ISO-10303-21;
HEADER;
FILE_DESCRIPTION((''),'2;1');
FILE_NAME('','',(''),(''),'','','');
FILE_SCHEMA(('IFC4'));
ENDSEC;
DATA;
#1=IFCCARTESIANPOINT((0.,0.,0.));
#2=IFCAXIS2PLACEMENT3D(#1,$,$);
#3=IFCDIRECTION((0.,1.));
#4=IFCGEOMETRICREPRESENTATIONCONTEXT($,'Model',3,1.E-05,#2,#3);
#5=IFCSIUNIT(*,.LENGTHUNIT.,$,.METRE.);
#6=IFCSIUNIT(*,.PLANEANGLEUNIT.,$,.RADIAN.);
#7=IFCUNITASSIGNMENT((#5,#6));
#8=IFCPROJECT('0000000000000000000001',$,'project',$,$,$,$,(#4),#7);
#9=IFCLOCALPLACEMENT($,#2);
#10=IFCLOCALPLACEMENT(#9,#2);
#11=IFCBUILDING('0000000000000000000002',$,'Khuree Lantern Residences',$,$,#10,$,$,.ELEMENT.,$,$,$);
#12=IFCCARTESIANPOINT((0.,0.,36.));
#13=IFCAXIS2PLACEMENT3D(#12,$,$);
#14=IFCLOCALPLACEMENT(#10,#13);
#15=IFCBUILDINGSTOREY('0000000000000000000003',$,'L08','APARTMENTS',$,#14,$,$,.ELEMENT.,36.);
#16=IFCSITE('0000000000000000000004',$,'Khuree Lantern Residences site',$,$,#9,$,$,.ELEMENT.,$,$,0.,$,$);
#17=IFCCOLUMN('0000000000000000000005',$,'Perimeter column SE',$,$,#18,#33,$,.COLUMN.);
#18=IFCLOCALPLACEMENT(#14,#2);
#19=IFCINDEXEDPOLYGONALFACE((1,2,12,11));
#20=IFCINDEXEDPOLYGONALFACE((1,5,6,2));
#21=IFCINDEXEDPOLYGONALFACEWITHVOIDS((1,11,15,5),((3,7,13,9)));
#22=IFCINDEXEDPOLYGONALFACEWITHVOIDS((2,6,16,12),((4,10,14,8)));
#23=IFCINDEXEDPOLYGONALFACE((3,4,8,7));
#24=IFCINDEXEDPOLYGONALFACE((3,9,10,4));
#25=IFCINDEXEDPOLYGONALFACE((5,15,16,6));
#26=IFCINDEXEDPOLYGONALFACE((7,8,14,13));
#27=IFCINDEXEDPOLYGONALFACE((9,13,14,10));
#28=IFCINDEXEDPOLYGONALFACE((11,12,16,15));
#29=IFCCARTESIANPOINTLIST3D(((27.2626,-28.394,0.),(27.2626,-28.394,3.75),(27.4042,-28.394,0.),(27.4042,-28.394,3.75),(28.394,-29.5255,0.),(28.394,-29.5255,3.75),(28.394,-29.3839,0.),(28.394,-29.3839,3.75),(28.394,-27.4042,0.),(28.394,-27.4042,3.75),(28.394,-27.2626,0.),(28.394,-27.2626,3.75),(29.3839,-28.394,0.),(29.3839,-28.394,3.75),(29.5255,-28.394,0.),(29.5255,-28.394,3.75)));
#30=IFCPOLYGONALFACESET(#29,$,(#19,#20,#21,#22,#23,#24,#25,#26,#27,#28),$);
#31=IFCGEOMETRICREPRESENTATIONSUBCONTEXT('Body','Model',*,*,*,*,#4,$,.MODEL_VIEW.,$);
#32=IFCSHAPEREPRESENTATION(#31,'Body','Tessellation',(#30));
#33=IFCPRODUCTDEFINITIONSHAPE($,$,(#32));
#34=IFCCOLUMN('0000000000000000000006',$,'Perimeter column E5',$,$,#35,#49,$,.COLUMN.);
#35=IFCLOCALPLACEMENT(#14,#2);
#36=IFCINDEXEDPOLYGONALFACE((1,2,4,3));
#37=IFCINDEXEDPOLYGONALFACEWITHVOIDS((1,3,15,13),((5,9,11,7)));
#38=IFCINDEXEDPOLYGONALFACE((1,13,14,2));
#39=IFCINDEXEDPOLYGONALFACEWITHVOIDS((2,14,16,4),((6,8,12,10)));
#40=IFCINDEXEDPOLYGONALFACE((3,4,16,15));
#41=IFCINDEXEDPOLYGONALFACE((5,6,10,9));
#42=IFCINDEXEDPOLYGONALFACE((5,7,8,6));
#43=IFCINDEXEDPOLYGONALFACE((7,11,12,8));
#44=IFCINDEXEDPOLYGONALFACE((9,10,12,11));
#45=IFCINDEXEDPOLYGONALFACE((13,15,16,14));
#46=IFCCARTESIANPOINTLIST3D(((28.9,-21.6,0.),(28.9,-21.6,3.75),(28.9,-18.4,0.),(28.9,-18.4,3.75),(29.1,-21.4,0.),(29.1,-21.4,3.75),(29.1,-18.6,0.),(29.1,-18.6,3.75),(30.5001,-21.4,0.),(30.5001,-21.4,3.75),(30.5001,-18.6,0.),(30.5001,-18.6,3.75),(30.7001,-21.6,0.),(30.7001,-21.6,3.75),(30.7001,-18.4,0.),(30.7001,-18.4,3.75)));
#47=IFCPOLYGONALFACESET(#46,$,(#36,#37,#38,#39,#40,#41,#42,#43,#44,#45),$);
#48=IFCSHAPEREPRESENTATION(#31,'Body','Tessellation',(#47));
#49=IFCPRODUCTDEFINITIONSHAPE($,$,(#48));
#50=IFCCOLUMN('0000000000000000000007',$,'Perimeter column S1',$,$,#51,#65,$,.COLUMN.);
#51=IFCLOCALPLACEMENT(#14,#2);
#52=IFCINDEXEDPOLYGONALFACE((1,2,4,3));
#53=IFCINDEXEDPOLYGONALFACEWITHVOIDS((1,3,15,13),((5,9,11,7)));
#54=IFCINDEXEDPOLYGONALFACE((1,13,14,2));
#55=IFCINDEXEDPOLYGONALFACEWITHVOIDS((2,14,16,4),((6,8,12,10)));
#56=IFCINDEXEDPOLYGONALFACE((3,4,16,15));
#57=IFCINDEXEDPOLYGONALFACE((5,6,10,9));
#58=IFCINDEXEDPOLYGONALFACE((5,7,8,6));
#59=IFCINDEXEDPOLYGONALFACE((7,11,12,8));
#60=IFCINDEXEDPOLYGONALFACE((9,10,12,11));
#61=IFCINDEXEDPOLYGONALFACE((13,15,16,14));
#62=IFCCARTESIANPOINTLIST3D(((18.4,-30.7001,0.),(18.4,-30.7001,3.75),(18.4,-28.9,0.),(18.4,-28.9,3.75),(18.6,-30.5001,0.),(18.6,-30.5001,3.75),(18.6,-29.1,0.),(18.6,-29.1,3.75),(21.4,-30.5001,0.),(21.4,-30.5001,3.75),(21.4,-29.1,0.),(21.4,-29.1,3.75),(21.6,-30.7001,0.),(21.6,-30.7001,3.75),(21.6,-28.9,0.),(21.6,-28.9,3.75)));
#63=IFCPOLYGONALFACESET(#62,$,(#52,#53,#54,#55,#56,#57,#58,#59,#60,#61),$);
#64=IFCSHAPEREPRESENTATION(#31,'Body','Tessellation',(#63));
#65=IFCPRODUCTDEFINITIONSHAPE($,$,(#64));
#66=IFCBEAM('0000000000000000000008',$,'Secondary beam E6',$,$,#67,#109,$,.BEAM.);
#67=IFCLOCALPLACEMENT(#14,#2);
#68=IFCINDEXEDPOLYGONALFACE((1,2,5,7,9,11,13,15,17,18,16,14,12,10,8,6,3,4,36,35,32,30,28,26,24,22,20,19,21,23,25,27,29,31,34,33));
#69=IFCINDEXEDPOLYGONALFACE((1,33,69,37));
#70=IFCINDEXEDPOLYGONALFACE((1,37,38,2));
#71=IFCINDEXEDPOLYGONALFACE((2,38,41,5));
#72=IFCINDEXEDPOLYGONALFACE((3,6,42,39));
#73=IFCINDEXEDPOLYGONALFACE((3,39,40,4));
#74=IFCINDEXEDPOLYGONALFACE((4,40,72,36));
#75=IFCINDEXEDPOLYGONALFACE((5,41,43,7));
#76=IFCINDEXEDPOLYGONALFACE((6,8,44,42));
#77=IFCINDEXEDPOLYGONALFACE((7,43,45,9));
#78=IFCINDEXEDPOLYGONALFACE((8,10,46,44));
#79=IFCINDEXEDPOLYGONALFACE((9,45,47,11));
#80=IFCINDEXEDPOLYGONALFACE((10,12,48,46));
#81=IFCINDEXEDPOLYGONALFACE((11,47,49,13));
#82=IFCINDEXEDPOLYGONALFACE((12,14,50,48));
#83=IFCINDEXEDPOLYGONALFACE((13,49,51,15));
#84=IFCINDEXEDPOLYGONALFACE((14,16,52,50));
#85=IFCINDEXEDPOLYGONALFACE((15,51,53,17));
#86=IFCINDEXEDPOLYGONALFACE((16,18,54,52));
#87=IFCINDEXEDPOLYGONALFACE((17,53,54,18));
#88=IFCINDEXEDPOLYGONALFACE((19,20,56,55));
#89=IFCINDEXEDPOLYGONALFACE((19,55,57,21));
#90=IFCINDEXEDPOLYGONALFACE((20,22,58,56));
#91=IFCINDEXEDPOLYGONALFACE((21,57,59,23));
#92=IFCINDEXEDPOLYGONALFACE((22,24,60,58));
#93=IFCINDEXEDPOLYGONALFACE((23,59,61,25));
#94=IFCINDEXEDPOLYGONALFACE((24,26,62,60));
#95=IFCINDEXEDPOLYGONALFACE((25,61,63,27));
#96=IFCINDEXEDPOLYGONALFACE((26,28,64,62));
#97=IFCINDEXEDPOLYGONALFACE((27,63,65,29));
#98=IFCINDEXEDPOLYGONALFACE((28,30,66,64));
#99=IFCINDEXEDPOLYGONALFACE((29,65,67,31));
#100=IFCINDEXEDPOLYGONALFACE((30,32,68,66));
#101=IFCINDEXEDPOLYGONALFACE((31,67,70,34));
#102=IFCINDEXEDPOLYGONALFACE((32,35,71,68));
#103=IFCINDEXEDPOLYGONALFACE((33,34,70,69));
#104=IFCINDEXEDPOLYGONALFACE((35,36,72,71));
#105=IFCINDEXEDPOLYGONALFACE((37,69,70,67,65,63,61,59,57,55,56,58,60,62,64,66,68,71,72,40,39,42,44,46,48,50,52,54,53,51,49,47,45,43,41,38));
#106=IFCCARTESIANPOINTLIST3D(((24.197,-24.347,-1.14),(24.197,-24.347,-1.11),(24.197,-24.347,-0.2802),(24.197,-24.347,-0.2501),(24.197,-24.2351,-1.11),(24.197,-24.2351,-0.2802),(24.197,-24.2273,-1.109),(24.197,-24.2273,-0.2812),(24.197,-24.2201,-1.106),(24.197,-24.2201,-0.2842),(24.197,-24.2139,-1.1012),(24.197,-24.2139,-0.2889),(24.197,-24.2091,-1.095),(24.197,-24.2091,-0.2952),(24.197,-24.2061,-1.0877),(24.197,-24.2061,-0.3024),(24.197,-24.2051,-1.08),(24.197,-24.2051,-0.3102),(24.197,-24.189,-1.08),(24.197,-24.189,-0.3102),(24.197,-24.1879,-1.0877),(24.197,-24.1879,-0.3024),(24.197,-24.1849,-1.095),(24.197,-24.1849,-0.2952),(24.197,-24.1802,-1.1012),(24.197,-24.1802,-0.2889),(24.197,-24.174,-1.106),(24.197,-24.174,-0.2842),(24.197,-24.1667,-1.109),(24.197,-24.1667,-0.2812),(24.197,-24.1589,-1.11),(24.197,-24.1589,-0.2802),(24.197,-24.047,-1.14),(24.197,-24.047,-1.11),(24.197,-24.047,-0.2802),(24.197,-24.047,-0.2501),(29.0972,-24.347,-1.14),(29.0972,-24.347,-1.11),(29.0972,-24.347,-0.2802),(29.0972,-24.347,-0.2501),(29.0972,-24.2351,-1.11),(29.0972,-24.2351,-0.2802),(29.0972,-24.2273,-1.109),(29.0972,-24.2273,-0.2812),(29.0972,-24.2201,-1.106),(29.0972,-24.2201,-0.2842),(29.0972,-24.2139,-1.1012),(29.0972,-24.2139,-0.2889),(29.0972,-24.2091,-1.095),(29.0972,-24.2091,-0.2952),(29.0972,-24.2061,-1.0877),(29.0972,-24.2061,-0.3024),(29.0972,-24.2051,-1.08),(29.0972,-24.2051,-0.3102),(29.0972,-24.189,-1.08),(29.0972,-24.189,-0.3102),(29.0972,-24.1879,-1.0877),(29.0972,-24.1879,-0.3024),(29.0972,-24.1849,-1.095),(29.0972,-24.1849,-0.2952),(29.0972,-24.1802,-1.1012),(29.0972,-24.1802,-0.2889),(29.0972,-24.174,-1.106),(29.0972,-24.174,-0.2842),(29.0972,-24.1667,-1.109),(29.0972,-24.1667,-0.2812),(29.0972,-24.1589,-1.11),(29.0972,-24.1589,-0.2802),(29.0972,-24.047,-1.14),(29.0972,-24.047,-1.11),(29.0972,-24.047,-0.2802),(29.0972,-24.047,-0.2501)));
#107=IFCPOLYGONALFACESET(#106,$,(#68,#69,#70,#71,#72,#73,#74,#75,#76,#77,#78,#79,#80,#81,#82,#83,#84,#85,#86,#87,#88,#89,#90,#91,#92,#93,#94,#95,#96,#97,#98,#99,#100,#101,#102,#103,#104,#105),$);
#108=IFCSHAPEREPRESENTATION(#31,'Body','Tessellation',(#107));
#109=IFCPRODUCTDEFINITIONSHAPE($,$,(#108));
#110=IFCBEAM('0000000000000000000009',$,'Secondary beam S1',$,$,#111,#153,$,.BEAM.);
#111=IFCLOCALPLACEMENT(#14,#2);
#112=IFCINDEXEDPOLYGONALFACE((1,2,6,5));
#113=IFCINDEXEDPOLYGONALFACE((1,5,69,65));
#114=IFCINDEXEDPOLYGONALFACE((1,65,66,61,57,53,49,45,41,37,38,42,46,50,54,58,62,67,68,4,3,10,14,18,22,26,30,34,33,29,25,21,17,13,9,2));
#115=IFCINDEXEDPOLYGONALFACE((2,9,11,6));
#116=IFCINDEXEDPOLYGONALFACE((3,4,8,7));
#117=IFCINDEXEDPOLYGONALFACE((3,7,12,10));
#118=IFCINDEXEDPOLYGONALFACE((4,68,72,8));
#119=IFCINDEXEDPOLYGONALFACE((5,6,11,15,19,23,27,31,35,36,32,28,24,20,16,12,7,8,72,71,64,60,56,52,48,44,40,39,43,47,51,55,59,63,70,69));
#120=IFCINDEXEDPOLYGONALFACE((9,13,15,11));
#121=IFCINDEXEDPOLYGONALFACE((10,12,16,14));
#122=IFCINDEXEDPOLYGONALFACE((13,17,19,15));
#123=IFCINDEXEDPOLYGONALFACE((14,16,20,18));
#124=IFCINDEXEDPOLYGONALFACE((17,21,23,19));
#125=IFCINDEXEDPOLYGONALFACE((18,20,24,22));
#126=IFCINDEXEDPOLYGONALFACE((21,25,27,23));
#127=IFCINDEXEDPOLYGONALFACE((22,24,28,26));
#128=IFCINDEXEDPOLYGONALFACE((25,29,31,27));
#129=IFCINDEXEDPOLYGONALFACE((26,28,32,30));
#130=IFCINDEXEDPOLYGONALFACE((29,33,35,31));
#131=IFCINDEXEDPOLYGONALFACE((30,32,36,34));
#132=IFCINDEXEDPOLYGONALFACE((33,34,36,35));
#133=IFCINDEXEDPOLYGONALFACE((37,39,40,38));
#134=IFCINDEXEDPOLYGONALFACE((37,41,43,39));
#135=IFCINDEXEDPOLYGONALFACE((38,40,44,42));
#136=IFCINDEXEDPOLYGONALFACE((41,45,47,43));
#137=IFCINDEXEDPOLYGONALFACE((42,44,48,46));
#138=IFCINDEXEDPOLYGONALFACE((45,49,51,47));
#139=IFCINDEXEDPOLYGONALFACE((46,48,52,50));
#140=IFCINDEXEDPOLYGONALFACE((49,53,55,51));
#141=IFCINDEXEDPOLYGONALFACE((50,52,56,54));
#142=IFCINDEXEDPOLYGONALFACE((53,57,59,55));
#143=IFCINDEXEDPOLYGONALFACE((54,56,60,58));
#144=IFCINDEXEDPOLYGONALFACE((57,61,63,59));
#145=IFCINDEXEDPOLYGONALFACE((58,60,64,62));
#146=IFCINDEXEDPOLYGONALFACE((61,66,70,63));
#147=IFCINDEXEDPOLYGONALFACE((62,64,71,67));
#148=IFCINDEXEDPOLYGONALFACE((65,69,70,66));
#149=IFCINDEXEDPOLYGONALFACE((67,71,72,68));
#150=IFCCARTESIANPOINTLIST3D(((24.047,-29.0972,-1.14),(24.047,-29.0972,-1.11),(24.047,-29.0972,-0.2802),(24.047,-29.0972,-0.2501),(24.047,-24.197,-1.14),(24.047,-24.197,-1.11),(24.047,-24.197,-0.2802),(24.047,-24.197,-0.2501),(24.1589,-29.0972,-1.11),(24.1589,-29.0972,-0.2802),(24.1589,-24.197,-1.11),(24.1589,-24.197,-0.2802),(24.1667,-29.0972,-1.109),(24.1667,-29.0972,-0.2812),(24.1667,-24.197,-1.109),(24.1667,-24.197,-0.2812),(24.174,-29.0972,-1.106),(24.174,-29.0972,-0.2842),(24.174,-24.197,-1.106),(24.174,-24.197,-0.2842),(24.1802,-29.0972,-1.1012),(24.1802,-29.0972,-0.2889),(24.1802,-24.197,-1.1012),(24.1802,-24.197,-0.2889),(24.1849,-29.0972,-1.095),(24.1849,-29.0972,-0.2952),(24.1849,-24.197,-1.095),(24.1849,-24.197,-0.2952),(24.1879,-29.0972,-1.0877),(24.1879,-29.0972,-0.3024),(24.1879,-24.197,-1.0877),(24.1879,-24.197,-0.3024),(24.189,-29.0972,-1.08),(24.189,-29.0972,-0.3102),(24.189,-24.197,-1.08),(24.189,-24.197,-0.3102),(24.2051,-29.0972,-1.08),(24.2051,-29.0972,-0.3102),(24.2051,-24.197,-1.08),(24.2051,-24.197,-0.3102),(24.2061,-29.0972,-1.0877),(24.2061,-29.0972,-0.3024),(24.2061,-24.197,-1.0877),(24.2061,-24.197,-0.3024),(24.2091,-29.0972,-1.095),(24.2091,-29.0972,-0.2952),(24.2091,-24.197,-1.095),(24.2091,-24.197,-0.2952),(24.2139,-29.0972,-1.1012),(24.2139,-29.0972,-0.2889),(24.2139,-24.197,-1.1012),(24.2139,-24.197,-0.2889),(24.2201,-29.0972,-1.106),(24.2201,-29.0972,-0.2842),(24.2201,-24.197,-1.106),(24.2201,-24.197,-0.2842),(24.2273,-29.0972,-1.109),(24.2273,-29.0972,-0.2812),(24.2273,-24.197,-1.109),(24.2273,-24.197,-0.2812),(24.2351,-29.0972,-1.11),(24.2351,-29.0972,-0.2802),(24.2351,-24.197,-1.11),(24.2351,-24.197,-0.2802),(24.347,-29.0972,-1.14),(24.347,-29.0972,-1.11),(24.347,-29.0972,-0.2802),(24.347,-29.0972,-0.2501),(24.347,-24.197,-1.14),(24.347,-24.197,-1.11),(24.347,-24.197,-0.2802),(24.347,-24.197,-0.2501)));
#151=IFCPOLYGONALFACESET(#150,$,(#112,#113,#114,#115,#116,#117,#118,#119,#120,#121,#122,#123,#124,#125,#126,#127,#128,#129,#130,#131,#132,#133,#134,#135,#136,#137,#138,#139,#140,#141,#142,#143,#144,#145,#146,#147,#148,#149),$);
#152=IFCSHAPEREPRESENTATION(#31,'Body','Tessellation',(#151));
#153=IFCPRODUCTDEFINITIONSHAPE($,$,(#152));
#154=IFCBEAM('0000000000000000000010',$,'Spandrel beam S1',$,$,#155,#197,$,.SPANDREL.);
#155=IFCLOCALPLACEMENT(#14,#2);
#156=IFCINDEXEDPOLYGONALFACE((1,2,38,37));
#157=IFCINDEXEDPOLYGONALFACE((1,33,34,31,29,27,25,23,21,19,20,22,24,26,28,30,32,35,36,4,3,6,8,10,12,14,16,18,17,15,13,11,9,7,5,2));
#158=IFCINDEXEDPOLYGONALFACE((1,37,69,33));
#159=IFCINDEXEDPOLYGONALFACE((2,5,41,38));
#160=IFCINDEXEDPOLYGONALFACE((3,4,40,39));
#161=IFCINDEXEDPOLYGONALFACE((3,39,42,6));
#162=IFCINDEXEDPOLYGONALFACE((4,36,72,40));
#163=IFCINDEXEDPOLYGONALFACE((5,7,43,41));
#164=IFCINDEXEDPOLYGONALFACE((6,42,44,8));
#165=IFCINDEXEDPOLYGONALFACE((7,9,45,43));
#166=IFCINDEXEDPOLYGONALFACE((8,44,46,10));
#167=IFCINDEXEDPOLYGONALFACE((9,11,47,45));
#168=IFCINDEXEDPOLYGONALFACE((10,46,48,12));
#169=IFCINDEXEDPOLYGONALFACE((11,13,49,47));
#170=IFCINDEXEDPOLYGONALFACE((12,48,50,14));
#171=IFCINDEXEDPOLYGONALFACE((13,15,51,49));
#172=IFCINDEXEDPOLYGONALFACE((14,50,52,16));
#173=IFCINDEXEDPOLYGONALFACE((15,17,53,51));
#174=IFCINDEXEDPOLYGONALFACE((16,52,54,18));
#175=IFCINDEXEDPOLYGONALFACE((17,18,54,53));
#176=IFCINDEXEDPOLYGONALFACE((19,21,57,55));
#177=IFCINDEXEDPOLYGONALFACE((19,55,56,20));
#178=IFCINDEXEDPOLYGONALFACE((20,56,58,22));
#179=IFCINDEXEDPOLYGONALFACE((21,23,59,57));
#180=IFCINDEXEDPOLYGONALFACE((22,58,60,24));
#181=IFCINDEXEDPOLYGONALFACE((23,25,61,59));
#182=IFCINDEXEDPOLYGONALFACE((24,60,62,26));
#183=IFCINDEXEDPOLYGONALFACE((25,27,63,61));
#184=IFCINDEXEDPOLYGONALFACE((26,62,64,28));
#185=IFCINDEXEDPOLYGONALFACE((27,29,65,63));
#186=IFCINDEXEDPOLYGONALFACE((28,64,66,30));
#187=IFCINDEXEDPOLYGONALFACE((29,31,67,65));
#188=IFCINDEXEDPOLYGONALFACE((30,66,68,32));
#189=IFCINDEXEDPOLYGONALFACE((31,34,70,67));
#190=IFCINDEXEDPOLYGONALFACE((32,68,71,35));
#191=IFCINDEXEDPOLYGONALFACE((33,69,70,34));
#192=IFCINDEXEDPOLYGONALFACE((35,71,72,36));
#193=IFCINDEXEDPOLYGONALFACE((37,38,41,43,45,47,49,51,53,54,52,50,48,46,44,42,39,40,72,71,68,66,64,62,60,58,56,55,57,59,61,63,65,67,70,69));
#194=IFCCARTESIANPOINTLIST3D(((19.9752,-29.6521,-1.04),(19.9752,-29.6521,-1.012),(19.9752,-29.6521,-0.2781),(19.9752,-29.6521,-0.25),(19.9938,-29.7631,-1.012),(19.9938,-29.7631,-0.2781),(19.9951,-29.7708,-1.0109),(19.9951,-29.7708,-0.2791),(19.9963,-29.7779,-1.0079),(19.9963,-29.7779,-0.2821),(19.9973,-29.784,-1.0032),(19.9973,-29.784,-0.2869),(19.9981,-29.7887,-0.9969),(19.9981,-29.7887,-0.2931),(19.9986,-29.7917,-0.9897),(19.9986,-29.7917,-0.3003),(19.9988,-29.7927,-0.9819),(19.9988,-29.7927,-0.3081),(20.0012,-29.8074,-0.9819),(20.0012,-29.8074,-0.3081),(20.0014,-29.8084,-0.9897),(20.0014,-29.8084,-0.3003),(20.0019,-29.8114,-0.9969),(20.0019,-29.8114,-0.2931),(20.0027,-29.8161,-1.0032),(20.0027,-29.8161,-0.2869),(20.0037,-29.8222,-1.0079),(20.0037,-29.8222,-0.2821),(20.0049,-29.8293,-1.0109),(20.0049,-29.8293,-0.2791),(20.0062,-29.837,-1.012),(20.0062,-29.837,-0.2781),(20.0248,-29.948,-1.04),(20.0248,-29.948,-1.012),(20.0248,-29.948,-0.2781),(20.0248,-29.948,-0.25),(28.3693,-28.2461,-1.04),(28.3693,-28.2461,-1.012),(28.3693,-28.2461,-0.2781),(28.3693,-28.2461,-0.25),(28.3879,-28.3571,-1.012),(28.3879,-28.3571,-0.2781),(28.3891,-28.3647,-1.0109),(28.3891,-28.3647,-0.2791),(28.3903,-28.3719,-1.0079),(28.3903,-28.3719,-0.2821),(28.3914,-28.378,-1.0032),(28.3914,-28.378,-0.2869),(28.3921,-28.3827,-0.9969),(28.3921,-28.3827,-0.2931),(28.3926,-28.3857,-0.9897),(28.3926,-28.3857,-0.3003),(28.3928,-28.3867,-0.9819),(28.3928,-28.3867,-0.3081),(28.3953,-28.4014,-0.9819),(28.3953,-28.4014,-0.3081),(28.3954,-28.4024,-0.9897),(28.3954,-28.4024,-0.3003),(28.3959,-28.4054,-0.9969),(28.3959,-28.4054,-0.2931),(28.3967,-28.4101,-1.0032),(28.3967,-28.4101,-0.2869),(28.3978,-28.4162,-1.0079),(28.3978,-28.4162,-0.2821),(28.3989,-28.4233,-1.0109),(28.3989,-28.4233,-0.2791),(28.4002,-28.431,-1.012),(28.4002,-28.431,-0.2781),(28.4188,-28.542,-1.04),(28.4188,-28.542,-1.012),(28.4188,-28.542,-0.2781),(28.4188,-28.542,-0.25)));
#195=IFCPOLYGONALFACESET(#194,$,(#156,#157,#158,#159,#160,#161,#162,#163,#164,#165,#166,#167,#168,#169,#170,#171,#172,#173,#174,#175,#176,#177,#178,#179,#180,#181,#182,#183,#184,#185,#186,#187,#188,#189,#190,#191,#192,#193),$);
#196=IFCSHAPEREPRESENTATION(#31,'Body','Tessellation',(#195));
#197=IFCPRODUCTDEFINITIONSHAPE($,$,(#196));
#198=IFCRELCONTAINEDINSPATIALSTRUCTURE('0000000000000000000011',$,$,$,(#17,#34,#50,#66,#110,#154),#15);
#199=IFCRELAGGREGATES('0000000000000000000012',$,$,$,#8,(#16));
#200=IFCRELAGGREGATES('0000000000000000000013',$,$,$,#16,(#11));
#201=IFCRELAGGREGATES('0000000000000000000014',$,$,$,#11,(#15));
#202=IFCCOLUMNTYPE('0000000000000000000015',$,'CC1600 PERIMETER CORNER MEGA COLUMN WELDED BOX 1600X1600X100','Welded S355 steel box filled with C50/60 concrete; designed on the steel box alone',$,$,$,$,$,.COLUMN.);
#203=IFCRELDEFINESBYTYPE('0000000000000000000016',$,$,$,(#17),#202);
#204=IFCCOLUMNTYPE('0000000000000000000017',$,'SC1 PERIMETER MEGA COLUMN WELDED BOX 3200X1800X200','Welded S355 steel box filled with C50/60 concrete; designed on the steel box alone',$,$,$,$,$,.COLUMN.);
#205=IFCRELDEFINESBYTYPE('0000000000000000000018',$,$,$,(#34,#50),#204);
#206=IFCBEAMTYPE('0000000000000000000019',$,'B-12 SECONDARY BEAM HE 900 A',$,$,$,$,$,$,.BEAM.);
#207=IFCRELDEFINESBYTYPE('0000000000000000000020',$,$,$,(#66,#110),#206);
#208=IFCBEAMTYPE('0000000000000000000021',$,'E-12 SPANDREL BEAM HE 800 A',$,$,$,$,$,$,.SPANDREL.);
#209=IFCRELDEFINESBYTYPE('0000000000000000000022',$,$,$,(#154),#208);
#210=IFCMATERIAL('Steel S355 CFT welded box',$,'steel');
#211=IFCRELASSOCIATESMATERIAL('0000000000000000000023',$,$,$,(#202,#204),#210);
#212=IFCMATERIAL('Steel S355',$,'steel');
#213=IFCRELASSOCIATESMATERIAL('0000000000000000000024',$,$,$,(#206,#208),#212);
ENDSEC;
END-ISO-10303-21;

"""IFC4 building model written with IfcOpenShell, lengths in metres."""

from ifc_helpers import new_model, si_unit, direction, frame, origin, origin_2d, place, context, subcontext, project, spatial, hollow_rectangle, i_section, extrude, material, material_profile, profile_set, type_object, element, save


model = new_model("IFC4")

# Units and contexts
model_context = context("Model", 3, precision=1e-05, world=origin(), true_north=direction((0.0, 1.0)))
body_context = subcontext(model_context, "Body", "Model", "MODEL_VIEW")
ifc_project = project(units=[si_unit("LENGTHUNIT", "METRE"), si_unit("PLANEANGLEUNIT", "RADIAN")], contexts=[model_context])

# Site, building, storey
site_placement = place(None, origin())
site = spatial("IfcSite", under=ifc_project, at=site_placement, Name="Khuree Lantern Residences site", CompositionType="ELEMENT", RefElevation=0.0)
building_placement = place(site_placement, origin())
building = spatial("IfcBuilding", under=site, at=building_placement, Name="Khuree Lantern Residences", CompositionType="ELEMENT")
storey_placement = place(building_placement, frame((0.0, 0.0, 36.0)))
storey = spatial("IfcBuildingStorey", under=building, at=storey_placement, Name="L08", Description="APARTMENTS", CompositionType="ELEMENT", Elevation=36.0)

# Columns
ifc_material_1 = material(Name="Steel S355 CFT welded box", Category="steel")
ifc_material_profile_1 = material_profile(ifc_material_1, hollow_rectangle(XDim=1.6001, YDim=1.6001, WallThickness=0.1001, at=origin_2d()), Name="WELDED BOX 1600X1600X100")
ifc_profile_set_1 = profile_set([ifc_material_profile_1], Name="Steel S355 CFT welded box")
column_type_1 = type_object("IfcColumnType", Name="CC1600 PERIMETER CORNER MEGA COLUMN WELDED BOX 1600X1600X100", Description="Welded S355 steel box filled with C50/60 concrete; designed on the steel box alone", PredefinedType="COLUMN", material=ifc_profile_set_1)
column_placement = place(storey_placement, frame((28.394, -28.394, 0.0), z_axis=(0.0, 0.0, 1.0), x_axis=(0.707107, 0.707107, 0.0)))
element("IfcColumn", 1, at=column_placement, inside=storey, type_object=column_type_1, Name="Perimeter column SE", PredefinedType="COLUMN", context=body_context, shape_type="SweptSolid", body=[
    extrude(hollow_rectangle(XDim=1.6001, YDim=1.6001, WallThickness=0.1001, at=origin_2d()), origin(), (0.0, 0.0, 1.0), 3.75),
])
ifc_material_profile_2 = material_profile(ifc_material_1, hollow_rectangle(XDim=3.2, YDim=1.8, WallThickness=0.2, at=origin_2d()), Name="WELDED BOX 3200X1800X200")
ifc_profile_set_2 = profile_set([ifc_material_profile_2], Name="Steel S355 CFT welded box")
column_type_2 = type_object("IfcColumnType", Name="SC1 PERIMETER MEGA COLUMN WELDED BOX 3200X1800X200", Description="Welded S355 steel box filled with C50/60 concrete; designed on the steel box alone", PredefinedType="COLUMN", material=ifc_profile_set_2)
for number, where, z_axis, x_axis, name in (
    (2, (29.8, -20.0, 0.0), (0.0, 0.0, 1.0), (0.0, 1.0, 0.0), "Perimeter column E5"),
    (3, (20.0, -29.8, 0.0), (0.0, 0.0, 1.0), (1.0, 0.0, 0.0), "Perimeter column S1"),
):
    element("IfcColumn", number, at=place(storey_placement, frame(where, z_axis=z_axis, x_axis=x_axis)), inside=storey, type_object=column_type_2, Name=name, PredefinedType="COLUMN", context=body_context, shape_type="SweptSolid", body=[
        extrude(hollow_rectangle(XDim=3.2, YDim=1.8, WallThickness=0.2, at=origin_2d()), origin(), (0.0, 0.0, 1.0), 3.75),
    ])

# Beams
ifc_material_2 = material(Name="Steel S355", Category="steel")
ifc_material_profile_3 = material_profile(ifc_material_2, i_section(OverallWidth=0.3, OverallDepth=0.8899, WebThickness=0.0161, FlangeThickness=0.03, FilletRadius=0.03, at=origin_2d()), Name="HE 900 A")
ifc_profile_set_3 = profile_set([ifc_material_profile_3], Name="Steel S355")
beam_type_1 = type_object("IfcBeamType", Name="B-12 SECONDARY BEAM HE 900 A", PredefinedType="BEAM", material=ifc_profile_set_3)
for number, where, z_axis, x_axis, name in (
    (4, (29.0972, -24.197, -0.6951), (-1.0, 0.0, 0.0), (0.0, -1.0, 0.0), "Secondary beam E6"),
    (5, (24.197, -29.0972, -0.6951), (0.0, 1.0, 0.0), (-1.0, 0.0, 0.0), "Secondary beam S1"),
):
    element("IfcBeam", number, at=place(storey_placement, frame(where, z_axis=z_axis, x_axis=x_axis)), inside=storey, type_object=beam_type_1, Name=name, PredefinedType="BEAM", context=body_context, shape_type="SweptSolid", body=[
        extrude(i_section(OverallWidth=0.3, OverallDepth=0.8899, WebThickness=0.0161, FlangeThickness=0.03, FilletRadius=0.03, at=origin_2d()), origin(), (0.0, 0.0, 1.0), 4.9001),
    ])
ifc_material_profile_4 = material_profile(ifc_material_2, i_section(OverallWidth=0.3, OverallDepth=0.79, WebThickness=0.0149, FlangeThickness=0.0281, FilletRadius=0.03, at=origin_2d()), Name="HE 800 A")
ifc_profile_set_4 = profile_set([ifc_material_profile_4], Name="Steel S355")
beam_type_2 = type_object("IfcBeamType", Name="E-12 SPANDREL BEAM HE 800 A", PredefinedType="SPANDREL", material=ifc_profile_set_4)
beam_1_placement = place(storey_placement, frame((28.394, -28.394, -0.645), z_axis=(-0.98626, -0.165199, 0.0), x_axis=(0.165199, -0.98626, 0.0)))
element("IfcBeam", 6, at=beam_1_placement, inside=storey, type_object=beam_type_2, Name="Spandrel beam S1", PredefinedType="SPANDREL", context=body_context, shape_type="SweptSolid", body=[
    extrude(i_section(OverallWidth=0.3, OverallDepth=0.79, WebThickness=0.0149, FlangeThickness=0.0281, FilletRadius=0.03, at=origin_2d()), origin(), (0.0, 0.0, 1.0), 8.511),
])

save(model, "model.ifc")
